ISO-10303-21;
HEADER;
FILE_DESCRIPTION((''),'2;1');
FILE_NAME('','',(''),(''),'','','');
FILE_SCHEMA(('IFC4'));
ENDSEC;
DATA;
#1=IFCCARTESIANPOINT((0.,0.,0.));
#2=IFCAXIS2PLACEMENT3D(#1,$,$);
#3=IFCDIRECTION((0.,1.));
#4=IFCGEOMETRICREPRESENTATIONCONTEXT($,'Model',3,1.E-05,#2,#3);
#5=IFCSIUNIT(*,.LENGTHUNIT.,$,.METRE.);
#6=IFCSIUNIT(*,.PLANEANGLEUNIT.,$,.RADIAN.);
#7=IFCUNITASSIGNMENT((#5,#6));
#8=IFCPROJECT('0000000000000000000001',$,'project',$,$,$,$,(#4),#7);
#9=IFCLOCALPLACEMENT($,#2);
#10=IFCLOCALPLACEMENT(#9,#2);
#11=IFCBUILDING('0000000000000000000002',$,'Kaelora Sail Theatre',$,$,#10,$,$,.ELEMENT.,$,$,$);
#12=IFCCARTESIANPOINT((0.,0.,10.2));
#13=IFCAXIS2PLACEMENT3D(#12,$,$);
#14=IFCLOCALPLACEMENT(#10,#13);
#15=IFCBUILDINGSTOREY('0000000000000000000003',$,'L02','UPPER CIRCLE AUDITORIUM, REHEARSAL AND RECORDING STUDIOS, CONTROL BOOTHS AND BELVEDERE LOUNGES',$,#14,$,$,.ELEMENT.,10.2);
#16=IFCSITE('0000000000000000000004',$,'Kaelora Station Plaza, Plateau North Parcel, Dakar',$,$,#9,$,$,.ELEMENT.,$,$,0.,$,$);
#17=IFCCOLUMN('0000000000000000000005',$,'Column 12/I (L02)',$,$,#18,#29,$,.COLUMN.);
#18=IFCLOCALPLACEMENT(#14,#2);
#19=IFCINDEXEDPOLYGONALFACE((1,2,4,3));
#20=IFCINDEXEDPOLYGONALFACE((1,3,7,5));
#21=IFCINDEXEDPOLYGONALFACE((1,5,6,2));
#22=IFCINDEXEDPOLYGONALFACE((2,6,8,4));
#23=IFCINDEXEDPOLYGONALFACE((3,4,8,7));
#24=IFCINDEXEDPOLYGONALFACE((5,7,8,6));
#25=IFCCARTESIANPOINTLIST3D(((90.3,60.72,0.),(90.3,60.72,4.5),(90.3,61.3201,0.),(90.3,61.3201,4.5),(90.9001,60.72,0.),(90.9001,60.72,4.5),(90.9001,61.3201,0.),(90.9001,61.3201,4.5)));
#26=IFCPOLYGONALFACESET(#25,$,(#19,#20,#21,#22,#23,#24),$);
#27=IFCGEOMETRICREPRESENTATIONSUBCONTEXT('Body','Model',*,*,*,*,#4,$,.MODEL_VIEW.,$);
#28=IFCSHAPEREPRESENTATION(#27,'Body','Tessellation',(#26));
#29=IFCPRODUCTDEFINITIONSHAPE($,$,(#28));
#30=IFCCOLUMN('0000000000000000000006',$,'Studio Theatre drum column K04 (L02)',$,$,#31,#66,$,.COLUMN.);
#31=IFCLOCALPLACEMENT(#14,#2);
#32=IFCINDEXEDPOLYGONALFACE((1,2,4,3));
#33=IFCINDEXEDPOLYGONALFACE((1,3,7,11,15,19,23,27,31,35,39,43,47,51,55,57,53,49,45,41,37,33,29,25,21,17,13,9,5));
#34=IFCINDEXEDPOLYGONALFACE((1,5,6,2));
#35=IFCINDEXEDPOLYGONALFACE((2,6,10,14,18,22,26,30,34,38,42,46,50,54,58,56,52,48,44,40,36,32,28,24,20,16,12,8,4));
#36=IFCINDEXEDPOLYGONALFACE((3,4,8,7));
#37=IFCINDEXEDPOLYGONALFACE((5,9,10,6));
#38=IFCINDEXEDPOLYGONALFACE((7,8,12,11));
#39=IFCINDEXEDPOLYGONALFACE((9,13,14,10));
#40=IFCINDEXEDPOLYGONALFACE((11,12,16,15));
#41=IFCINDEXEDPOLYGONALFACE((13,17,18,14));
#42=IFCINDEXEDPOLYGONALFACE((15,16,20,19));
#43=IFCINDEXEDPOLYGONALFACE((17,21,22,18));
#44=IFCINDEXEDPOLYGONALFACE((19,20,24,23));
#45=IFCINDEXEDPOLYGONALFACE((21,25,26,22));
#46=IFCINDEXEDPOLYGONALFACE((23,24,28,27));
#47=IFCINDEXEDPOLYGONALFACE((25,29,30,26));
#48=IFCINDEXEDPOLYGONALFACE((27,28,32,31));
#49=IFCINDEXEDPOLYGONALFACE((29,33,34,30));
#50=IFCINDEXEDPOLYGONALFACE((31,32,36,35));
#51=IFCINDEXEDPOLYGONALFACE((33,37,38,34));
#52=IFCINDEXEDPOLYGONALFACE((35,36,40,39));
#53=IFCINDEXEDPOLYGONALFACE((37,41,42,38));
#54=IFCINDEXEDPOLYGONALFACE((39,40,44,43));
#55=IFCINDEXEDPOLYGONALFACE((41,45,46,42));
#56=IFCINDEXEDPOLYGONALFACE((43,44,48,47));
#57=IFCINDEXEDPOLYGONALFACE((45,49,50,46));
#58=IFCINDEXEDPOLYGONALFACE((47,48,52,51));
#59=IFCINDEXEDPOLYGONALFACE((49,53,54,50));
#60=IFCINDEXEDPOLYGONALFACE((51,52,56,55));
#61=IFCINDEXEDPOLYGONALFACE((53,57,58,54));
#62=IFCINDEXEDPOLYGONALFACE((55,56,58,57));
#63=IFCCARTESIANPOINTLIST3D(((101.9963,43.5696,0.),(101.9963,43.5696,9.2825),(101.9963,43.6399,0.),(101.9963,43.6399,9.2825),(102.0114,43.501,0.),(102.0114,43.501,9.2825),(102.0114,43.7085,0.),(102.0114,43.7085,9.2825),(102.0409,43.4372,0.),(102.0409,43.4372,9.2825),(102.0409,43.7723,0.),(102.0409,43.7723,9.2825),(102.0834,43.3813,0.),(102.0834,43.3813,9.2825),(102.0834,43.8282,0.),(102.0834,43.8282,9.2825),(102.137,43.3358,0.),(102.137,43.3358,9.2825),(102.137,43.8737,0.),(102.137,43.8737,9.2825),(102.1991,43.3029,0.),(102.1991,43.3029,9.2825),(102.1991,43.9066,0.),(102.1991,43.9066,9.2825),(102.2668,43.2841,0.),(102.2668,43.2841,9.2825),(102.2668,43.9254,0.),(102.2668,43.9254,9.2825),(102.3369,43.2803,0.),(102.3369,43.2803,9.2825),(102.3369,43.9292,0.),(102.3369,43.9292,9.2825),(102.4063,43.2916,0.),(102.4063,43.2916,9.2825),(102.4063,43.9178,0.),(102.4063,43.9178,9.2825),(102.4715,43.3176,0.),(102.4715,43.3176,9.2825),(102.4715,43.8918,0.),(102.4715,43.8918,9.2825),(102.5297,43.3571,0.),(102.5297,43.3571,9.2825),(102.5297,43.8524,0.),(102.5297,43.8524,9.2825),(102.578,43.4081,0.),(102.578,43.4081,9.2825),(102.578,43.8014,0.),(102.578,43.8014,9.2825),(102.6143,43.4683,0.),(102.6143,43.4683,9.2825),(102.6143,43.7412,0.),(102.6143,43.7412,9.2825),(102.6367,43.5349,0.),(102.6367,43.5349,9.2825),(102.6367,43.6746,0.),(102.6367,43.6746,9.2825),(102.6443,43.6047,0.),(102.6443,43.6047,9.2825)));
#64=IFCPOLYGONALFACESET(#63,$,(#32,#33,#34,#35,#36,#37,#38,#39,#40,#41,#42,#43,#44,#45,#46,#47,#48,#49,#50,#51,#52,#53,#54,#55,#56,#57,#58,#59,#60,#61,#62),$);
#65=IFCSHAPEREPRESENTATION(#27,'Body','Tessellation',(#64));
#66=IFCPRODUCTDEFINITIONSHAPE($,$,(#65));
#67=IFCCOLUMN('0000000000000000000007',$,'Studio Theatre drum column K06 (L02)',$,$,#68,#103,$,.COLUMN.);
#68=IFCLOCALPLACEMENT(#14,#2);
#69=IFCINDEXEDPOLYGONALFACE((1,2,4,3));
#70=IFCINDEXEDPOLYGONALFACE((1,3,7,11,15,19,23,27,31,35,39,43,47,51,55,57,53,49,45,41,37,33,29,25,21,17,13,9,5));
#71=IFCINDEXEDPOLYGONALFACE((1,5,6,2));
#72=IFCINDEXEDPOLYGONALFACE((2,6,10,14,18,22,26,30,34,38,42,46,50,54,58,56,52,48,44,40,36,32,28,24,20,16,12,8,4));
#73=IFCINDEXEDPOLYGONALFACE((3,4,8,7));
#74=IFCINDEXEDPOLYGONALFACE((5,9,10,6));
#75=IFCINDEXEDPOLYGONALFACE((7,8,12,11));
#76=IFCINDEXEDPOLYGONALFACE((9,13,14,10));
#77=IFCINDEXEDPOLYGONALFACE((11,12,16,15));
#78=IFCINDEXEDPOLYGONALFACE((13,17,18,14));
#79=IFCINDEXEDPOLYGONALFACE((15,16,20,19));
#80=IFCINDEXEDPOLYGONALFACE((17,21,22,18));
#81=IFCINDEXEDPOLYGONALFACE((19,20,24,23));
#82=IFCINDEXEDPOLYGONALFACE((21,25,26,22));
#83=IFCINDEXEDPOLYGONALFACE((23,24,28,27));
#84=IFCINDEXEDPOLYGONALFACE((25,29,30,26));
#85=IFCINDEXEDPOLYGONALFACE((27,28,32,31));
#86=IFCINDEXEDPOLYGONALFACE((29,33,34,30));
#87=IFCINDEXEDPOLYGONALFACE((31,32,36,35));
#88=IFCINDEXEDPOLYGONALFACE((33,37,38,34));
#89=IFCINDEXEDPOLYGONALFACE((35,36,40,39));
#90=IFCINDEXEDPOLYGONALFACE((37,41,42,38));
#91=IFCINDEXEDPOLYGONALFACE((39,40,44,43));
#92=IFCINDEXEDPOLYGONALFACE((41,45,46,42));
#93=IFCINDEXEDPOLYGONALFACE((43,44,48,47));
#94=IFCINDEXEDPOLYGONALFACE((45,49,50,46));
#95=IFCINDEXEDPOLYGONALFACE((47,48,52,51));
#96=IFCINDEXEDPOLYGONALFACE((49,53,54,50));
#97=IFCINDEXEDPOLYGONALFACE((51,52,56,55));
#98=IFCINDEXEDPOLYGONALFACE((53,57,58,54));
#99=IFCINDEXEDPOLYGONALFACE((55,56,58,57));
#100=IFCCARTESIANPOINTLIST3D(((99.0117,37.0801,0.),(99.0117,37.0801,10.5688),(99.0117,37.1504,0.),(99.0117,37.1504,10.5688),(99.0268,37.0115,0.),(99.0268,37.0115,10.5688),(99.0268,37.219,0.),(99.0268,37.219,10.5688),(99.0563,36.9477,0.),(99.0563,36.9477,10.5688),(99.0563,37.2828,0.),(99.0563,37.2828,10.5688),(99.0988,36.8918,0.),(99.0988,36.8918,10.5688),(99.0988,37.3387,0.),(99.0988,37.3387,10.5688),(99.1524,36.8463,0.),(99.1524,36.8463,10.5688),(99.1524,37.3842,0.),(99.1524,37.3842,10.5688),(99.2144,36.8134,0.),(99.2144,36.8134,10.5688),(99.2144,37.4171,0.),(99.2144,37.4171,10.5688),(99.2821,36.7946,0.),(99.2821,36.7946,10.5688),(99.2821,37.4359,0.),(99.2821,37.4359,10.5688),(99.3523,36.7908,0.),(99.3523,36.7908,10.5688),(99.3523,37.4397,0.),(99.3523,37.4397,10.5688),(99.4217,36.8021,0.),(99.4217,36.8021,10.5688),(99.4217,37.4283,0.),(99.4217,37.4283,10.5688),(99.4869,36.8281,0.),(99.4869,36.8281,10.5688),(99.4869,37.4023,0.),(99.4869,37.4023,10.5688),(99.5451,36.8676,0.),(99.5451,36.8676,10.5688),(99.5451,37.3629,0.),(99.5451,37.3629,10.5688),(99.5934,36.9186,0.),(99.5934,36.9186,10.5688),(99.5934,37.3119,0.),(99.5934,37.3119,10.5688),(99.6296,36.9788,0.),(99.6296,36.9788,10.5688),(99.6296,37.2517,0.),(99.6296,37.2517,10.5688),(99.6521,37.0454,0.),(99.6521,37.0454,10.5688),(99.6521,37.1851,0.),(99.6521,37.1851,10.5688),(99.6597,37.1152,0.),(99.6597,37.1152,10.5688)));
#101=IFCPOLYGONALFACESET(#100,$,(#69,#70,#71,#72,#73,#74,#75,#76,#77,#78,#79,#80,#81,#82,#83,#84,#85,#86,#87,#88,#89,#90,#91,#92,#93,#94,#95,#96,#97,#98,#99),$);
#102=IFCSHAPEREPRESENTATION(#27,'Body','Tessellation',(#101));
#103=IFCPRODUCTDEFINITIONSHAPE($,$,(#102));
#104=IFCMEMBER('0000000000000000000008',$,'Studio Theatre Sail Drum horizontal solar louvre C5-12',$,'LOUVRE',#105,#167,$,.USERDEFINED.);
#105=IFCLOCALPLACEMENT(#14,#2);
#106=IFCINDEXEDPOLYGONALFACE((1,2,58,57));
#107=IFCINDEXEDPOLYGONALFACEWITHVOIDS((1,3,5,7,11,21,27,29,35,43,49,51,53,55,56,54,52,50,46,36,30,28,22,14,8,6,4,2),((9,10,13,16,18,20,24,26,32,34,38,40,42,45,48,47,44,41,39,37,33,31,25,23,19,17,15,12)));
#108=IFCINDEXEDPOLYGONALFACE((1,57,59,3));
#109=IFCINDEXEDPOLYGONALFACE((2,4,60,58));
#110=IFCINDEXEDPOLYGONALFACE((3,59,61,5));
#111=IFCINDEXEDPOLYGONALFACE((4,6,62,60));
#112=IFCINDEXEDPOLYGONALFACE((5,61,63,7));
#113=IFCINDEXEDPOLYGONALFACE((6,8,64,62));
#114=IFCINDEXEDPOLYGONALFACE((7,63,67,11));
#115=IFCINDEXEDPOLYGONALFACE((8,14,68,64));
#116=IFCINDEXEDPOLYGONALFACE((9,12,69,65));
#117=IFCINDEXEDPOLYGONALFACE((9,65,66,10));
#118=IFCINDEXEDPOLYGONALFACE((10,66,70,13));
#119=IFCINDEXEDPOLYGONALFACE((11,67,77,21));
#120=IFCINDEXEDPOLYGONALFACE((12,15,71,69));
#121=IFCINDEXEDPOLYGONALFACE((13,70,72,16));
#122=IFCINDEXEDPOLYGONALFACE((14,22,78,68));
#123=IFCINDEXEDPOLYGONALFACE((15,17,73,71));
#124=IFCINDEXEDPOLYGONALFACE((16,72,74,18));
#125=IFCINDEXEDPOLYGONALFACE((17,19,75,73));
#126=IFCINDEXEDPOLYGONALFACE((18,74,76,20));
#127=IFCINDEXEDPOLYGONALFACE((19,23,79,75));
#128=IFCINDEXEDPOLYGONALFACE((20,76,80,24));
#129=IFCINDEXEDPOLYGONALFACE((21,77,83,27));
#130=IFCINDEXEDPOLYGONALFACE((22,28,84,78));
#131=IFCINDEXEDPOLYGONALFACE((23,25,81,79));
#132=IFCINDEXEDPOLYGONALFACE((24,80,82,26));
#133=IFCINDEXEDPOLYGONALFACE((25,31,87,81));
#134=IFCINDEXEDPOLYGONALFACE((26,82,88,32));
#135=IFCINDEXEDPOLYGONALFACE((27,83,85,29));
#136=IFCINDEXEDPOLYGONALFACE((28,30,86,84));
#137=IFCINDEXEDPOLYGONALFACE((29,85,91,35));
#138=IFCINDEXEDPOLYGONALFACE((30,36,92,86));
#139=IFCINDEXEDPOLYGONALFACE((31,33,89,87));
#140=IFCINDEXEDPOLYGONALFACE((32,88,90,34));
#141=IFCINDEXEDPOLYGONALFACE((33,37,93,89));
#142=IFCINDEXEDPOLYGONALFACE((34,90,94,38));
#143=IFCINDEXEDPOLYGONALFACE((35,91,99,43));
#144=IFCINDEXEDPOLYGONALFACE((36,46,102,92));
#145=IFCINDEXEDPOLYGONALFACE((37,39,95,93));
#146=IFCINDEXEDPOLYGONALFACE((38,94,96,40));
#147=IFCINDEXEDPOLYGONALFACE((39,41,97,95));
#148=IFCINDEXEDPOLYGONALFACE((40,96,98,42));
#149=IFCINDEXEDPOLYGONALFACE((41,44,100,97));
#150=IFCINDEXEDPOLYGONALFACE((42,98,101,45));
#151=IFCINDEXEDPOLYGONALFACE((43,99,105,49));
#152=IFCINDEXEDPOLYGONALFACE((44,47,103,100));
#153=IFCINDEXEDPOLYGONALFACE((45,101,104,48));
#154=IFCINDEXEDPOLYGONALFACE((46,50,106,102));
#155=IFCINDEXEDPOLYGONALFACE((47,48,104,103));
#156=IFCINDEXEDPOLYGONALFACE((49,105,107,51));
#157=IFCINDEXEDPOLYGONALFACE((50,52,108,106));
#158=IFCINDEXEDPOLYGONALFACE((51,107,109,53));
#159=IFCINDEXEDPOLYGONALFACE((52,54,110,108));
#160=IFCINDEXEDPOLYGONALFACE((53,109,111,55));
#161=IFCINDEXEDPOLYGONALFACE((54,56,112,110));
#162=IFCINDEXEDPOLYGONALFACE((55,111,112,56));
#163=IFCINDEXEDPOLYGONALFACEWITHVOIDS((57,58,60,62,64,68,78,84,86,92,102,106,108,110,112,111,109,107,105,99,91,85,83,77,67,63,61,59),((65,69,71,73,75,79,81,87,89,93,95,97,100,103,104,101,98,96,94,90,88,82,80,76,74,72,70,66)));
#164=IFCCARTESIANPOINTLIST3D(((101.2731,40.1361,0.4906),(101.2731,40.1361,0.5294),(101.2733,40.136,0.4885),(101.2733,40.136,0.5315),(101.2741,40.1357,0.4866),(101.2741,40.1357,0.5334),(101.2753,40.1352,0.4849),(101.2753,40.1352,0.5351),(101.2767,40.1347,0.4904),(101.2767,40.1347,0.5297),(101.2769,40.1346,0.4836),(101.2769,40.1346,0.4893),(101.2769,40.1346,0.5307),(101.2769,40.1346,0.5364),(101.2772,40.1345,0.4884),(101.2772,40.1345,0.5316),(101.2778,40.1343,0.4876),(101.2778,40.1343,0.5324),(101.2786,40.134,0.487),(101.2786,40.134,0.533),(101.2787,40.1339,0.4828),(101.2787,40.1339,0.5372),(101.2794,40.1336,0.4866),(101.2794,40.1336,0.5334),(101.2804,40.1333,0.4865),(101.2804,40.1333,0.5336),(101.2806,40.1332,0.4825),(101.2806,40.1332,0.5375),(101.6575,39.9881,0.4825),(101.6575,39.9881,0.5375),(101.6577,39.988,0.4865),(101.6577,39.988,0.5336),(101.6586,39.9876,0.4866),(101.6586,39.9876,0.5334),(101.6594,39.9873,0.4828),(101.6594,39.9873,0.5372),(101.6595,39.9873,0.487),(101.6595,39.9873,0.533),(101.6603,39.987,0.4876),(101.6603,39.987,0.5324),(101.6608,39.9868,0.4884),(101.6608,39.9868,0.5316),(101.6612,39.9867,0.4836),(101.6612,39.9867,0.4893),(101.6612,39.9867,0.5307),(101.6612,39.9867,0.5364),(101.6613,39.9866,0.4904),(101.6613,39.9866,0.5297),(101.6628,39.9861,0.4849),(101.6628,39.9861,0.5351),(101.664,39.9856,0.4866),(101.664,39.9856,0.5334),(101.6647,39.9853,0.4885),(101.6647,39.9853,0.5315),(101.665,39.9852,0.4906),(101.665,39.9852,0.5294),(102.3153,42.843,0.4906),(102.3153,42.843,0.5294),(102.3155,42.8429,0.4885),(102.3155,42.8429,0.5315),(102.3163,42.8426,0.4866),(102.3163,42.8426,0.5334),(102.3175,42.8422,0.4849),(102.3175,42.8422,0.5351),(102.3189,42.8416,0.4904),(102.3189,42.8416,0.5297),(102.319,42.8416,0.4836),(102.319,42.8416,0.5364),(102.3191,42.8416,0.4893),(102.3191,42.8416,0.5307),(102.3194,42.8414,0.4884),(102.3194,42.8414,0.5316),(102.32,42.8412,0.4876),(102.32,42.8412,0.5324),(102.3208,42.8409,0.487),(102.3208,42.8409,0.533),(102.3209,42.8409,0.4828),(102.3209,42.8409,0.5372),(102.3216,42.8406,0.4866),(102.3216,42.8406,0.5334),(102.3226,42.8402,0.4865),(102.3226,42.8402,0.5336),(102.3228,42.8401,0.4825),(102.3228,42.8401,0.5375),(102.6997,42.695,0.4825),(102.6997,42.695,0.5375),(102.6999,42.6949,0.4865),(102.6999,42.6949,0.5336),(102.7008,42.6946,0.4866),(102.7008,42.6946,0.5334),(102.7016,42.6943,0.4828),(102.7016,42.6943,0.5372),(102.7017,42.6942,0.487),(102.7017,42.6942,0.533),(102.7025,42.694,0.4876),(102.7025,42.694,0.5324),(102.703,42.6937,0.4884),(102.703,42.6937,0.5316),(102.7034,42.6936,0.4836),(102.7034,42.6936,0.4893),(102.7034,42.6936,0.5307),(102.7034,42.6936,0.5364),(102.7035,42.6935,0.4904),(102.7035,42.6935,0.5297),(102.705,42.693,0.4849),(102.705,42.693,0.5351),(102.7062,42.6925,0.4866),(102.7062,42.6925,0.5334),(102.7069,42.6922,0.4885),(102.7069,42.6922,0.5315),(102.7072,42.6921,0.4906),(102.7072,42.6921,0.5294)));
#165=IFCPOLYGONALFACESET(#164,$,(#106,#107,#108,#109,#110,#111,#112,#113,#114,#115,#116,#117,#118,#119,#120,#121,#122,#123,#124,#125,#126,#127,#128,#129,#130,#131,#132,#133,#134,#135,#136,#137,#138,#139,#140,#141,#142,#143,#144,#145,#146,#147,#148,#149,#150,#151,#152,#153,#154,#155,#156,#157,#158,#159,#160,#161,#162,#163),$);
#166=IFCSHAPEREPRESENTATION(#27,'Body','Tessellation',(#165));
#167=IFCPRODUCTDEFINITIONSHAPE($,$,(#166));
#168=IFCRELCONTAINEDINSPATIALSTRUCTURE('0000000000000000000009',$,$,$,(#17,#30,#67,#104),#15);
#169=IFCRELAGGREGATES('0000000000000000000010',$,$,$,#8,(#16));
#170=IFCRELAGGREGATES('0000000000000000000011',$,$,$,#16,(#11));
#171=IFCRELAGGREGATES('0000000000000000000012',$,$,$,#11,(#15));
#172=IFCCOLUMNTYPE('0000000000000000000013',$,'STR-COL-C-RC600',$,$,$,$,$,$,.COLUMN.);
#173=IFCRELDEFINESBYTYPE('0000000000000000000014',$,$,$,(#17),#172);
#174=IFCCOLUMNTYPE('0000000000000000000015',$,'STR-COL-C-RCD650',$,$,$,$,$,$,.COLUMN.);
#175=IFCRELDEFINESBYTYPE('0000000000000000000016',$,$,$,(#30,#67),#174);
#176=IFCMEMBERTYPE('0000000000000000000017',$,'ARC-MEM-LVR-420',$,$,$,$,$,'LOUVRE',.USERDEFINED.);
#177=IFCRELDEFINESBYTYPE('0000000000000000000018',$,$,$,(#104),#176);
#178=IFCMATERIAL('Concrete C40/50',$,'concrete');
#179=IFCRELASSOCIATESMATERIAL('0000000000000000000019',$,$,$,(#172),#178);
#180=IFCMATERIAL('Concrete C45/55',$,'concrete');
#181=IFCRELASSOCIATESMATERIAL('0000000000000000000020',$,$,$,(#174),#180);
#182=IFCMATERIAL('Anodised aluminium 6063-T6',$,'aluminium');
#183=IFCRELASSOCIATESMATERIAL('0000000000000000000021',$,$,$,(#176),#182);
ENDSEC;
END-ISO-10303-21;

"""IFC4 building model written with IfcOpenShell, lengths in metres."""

from ifc_helpers import new_model, si_unit, direction, frame, origin, origin_2d, place, context, subcontext, project, spatial, rectangle, hollow_rectangle, circle, extrude, material, material_profile, profile_set, type_object, element, save


model = new_model("IFC4")

# Units and contexts
model_context = context("Model", 3, precision=1e-05, world=origin(), true_north=direction((0.0, 1.0)))
body_context = subcontext(model_context, "Body", "Model", "MODEL_VIEW")
ifc_project = project(units=[si_unit("LENGTHUNIT", "METRE"), si_unit("PLANEANGLEUNIT", "RADIAN")], contexts=[model_context])

# Site, building, storey
site_placement = place(None, origin())
site = spatial("IfcSite", under=ifc_project, at=site_placement, Name="Kaelora Station Plaza, Plateau North Parcel, Dakar", CompositionType="ELEMENT", RefElevation=0.0)
building_placement = place(site_placement, origin())
building = spatial("IfcBuilding", under=site, at=building_placement, Name="Kaelora Sail Theatre", CompositionType="ELEMENT")
storey_placement = place(building_placement, frame((0.0, 0.0, 10.2)))
storey = spatial("IfcBuildingStorey", under=building, at=storey_placement, Name="L02", Description="UPPER CIRCLE AUDITORIUM, REHEARSAL AND RECORDING STUDIOS, CONTROL BOOTHS AND BELVEDERE LOUNGES", CompositionType="ELEMENT", Elevation=10.2)

# Columns
ifc_material_1 = material(Name="Concrete C40/50", Category="concrete")
ifc_material_profile_1 = material_profile(ifc_material_1, rectangle(XDim=0.6001, YDim=0.6001, at=origin_2d()), Name="RC-COL 600x600")
ifc_profile_set_1 = profile_set([ifc_material_profile_1], Name="Concrete C40/50")
column_type_1 = type_object("IfcColumnType", Name="STR-COL-C-RC600", PredefinedType="COLUMN", material=ifc_profile_set_1)
column_1_placement = place(storey_placement, frame((90.6001, 61.02, 0.0), z_axis=(0.0, 0.0, 1.0), x_axis=(1.0, 0.0, 0.0)))
element("IfcColumn", 1, at=column_1_placement, inside=storey, type_object=column_type_1, Name="Column 12/I (L02)", PredefinedType="COLUMN", context=body_context, shape_type="SweptSolid", body=[
    extrude(rectangle(XDim=0.6001, YDim=0.6001, at=origin_2d()), origin(), (0.0, 0.0, 1.0), 4.5),
])
ifc_material_2 = material(Name="Concrete C45/55", Category="concrete")
ifc_material_profile_2 = material_profile(ifc_material_2, circle(Radius=0.325, at=origin_2d()), Name="RC-CCOL D650")
ifc_profile_set_2 = profile_set([ifc_material_profile_2], Name="Concrete C45/55")
column_type_2 = type_object("IfcColumnType", Name="STR-COL-C-RCD650", PredefinedType="COLUMN", material=ifc_profile_set_2)
column_2_placement = place(storey_placement, frame((102.3193, 43.6047, 0.0), z_axis=(0.0, 0.0, 1.0), x_axis=(1.0, 0.0, 0.0)))
element("IfcColumn", 2, at=column_2_placement, inside=storey, type_object=column_type_2, Name="Studio Theatre drum column K04 (L02)", PredefinedType="COLUMN", context=body_context, shape_type="SweptSolid", body=[
    extrude(circle(Radius=0.325, at=origin_2d()), origin(), (0.0, 0.0, 1.0), 9.2825),
])
column_3_placement = place(storey_placement, frame((99.3347, 37.1152, 0.0), z_axis=(0.0, 0.0, 1.0), x_axis=(1.0, 0.0, 0.0)))
element("IfcColumn", 3, at=column_3_placement, inside=storey, type_object=column_type_2, Name="Studio Theatre drum column K06 (L02)", PredefinedType="COLUMN", context=body_context, shape_type="SweptSolid", body=[
    extrude(circle(Radius=0.325, at=origin_2d()), origin(), (0.0, 0.0, 1.0), 10.5688),
])

# Member
ifc_material_3 = material(Name="Anodised aluminium 6063-T6", Category="aluminium")
ifc_material_profile_3 = material_profile(ifc_material_3, hollow_rectangle(XDim=0.4199, YDim=0.0549, WallThickness=0.0039, InnerFilletRadius=0.0039, OuterFilletRadius=0.0081, at=origin_2d()), Name="LOUVRE 420x55x4")
ifc_profile_set_3 = profile_set([ifc_material_profile_3], Name="Anodised aluminium 6063-T6")
member_type = type_object("IfcMemberType", Name="ARC-MEM-LVR-420", ElementType="LOUVRE", PredefinedType="USERDEFINED", material=ifc_profile_set_3)
member_placement = place(storey_placement, frame((102.5112, 42.7676, 0.51), z_axis=(-0.359301, -0.933222, 0.0), x_axis=(0.933222, -0.359301, 0.0)))
element("IfcMember", 4, at=member_placement, inside=storey, type_object=member_type, Name="Studio Theatre Sail Drum horizontal solar louvre C5-12", ObjectType="LOUVRE", PredefinedType="USERDEFINED", context=body_context, shape_type="SweptSolid", body=[
    extrude(hollow_rectangle(XDim=0.4199, YDim=0.0549, WallThickness=0.0039, InnerFilletRadius=0.0039, OuterFilletRadius=0.0081, at=origin_2d()), origin(), (0.0, 0.0, 1.0), 2.9006),
])

save(model, "model.ifc")
